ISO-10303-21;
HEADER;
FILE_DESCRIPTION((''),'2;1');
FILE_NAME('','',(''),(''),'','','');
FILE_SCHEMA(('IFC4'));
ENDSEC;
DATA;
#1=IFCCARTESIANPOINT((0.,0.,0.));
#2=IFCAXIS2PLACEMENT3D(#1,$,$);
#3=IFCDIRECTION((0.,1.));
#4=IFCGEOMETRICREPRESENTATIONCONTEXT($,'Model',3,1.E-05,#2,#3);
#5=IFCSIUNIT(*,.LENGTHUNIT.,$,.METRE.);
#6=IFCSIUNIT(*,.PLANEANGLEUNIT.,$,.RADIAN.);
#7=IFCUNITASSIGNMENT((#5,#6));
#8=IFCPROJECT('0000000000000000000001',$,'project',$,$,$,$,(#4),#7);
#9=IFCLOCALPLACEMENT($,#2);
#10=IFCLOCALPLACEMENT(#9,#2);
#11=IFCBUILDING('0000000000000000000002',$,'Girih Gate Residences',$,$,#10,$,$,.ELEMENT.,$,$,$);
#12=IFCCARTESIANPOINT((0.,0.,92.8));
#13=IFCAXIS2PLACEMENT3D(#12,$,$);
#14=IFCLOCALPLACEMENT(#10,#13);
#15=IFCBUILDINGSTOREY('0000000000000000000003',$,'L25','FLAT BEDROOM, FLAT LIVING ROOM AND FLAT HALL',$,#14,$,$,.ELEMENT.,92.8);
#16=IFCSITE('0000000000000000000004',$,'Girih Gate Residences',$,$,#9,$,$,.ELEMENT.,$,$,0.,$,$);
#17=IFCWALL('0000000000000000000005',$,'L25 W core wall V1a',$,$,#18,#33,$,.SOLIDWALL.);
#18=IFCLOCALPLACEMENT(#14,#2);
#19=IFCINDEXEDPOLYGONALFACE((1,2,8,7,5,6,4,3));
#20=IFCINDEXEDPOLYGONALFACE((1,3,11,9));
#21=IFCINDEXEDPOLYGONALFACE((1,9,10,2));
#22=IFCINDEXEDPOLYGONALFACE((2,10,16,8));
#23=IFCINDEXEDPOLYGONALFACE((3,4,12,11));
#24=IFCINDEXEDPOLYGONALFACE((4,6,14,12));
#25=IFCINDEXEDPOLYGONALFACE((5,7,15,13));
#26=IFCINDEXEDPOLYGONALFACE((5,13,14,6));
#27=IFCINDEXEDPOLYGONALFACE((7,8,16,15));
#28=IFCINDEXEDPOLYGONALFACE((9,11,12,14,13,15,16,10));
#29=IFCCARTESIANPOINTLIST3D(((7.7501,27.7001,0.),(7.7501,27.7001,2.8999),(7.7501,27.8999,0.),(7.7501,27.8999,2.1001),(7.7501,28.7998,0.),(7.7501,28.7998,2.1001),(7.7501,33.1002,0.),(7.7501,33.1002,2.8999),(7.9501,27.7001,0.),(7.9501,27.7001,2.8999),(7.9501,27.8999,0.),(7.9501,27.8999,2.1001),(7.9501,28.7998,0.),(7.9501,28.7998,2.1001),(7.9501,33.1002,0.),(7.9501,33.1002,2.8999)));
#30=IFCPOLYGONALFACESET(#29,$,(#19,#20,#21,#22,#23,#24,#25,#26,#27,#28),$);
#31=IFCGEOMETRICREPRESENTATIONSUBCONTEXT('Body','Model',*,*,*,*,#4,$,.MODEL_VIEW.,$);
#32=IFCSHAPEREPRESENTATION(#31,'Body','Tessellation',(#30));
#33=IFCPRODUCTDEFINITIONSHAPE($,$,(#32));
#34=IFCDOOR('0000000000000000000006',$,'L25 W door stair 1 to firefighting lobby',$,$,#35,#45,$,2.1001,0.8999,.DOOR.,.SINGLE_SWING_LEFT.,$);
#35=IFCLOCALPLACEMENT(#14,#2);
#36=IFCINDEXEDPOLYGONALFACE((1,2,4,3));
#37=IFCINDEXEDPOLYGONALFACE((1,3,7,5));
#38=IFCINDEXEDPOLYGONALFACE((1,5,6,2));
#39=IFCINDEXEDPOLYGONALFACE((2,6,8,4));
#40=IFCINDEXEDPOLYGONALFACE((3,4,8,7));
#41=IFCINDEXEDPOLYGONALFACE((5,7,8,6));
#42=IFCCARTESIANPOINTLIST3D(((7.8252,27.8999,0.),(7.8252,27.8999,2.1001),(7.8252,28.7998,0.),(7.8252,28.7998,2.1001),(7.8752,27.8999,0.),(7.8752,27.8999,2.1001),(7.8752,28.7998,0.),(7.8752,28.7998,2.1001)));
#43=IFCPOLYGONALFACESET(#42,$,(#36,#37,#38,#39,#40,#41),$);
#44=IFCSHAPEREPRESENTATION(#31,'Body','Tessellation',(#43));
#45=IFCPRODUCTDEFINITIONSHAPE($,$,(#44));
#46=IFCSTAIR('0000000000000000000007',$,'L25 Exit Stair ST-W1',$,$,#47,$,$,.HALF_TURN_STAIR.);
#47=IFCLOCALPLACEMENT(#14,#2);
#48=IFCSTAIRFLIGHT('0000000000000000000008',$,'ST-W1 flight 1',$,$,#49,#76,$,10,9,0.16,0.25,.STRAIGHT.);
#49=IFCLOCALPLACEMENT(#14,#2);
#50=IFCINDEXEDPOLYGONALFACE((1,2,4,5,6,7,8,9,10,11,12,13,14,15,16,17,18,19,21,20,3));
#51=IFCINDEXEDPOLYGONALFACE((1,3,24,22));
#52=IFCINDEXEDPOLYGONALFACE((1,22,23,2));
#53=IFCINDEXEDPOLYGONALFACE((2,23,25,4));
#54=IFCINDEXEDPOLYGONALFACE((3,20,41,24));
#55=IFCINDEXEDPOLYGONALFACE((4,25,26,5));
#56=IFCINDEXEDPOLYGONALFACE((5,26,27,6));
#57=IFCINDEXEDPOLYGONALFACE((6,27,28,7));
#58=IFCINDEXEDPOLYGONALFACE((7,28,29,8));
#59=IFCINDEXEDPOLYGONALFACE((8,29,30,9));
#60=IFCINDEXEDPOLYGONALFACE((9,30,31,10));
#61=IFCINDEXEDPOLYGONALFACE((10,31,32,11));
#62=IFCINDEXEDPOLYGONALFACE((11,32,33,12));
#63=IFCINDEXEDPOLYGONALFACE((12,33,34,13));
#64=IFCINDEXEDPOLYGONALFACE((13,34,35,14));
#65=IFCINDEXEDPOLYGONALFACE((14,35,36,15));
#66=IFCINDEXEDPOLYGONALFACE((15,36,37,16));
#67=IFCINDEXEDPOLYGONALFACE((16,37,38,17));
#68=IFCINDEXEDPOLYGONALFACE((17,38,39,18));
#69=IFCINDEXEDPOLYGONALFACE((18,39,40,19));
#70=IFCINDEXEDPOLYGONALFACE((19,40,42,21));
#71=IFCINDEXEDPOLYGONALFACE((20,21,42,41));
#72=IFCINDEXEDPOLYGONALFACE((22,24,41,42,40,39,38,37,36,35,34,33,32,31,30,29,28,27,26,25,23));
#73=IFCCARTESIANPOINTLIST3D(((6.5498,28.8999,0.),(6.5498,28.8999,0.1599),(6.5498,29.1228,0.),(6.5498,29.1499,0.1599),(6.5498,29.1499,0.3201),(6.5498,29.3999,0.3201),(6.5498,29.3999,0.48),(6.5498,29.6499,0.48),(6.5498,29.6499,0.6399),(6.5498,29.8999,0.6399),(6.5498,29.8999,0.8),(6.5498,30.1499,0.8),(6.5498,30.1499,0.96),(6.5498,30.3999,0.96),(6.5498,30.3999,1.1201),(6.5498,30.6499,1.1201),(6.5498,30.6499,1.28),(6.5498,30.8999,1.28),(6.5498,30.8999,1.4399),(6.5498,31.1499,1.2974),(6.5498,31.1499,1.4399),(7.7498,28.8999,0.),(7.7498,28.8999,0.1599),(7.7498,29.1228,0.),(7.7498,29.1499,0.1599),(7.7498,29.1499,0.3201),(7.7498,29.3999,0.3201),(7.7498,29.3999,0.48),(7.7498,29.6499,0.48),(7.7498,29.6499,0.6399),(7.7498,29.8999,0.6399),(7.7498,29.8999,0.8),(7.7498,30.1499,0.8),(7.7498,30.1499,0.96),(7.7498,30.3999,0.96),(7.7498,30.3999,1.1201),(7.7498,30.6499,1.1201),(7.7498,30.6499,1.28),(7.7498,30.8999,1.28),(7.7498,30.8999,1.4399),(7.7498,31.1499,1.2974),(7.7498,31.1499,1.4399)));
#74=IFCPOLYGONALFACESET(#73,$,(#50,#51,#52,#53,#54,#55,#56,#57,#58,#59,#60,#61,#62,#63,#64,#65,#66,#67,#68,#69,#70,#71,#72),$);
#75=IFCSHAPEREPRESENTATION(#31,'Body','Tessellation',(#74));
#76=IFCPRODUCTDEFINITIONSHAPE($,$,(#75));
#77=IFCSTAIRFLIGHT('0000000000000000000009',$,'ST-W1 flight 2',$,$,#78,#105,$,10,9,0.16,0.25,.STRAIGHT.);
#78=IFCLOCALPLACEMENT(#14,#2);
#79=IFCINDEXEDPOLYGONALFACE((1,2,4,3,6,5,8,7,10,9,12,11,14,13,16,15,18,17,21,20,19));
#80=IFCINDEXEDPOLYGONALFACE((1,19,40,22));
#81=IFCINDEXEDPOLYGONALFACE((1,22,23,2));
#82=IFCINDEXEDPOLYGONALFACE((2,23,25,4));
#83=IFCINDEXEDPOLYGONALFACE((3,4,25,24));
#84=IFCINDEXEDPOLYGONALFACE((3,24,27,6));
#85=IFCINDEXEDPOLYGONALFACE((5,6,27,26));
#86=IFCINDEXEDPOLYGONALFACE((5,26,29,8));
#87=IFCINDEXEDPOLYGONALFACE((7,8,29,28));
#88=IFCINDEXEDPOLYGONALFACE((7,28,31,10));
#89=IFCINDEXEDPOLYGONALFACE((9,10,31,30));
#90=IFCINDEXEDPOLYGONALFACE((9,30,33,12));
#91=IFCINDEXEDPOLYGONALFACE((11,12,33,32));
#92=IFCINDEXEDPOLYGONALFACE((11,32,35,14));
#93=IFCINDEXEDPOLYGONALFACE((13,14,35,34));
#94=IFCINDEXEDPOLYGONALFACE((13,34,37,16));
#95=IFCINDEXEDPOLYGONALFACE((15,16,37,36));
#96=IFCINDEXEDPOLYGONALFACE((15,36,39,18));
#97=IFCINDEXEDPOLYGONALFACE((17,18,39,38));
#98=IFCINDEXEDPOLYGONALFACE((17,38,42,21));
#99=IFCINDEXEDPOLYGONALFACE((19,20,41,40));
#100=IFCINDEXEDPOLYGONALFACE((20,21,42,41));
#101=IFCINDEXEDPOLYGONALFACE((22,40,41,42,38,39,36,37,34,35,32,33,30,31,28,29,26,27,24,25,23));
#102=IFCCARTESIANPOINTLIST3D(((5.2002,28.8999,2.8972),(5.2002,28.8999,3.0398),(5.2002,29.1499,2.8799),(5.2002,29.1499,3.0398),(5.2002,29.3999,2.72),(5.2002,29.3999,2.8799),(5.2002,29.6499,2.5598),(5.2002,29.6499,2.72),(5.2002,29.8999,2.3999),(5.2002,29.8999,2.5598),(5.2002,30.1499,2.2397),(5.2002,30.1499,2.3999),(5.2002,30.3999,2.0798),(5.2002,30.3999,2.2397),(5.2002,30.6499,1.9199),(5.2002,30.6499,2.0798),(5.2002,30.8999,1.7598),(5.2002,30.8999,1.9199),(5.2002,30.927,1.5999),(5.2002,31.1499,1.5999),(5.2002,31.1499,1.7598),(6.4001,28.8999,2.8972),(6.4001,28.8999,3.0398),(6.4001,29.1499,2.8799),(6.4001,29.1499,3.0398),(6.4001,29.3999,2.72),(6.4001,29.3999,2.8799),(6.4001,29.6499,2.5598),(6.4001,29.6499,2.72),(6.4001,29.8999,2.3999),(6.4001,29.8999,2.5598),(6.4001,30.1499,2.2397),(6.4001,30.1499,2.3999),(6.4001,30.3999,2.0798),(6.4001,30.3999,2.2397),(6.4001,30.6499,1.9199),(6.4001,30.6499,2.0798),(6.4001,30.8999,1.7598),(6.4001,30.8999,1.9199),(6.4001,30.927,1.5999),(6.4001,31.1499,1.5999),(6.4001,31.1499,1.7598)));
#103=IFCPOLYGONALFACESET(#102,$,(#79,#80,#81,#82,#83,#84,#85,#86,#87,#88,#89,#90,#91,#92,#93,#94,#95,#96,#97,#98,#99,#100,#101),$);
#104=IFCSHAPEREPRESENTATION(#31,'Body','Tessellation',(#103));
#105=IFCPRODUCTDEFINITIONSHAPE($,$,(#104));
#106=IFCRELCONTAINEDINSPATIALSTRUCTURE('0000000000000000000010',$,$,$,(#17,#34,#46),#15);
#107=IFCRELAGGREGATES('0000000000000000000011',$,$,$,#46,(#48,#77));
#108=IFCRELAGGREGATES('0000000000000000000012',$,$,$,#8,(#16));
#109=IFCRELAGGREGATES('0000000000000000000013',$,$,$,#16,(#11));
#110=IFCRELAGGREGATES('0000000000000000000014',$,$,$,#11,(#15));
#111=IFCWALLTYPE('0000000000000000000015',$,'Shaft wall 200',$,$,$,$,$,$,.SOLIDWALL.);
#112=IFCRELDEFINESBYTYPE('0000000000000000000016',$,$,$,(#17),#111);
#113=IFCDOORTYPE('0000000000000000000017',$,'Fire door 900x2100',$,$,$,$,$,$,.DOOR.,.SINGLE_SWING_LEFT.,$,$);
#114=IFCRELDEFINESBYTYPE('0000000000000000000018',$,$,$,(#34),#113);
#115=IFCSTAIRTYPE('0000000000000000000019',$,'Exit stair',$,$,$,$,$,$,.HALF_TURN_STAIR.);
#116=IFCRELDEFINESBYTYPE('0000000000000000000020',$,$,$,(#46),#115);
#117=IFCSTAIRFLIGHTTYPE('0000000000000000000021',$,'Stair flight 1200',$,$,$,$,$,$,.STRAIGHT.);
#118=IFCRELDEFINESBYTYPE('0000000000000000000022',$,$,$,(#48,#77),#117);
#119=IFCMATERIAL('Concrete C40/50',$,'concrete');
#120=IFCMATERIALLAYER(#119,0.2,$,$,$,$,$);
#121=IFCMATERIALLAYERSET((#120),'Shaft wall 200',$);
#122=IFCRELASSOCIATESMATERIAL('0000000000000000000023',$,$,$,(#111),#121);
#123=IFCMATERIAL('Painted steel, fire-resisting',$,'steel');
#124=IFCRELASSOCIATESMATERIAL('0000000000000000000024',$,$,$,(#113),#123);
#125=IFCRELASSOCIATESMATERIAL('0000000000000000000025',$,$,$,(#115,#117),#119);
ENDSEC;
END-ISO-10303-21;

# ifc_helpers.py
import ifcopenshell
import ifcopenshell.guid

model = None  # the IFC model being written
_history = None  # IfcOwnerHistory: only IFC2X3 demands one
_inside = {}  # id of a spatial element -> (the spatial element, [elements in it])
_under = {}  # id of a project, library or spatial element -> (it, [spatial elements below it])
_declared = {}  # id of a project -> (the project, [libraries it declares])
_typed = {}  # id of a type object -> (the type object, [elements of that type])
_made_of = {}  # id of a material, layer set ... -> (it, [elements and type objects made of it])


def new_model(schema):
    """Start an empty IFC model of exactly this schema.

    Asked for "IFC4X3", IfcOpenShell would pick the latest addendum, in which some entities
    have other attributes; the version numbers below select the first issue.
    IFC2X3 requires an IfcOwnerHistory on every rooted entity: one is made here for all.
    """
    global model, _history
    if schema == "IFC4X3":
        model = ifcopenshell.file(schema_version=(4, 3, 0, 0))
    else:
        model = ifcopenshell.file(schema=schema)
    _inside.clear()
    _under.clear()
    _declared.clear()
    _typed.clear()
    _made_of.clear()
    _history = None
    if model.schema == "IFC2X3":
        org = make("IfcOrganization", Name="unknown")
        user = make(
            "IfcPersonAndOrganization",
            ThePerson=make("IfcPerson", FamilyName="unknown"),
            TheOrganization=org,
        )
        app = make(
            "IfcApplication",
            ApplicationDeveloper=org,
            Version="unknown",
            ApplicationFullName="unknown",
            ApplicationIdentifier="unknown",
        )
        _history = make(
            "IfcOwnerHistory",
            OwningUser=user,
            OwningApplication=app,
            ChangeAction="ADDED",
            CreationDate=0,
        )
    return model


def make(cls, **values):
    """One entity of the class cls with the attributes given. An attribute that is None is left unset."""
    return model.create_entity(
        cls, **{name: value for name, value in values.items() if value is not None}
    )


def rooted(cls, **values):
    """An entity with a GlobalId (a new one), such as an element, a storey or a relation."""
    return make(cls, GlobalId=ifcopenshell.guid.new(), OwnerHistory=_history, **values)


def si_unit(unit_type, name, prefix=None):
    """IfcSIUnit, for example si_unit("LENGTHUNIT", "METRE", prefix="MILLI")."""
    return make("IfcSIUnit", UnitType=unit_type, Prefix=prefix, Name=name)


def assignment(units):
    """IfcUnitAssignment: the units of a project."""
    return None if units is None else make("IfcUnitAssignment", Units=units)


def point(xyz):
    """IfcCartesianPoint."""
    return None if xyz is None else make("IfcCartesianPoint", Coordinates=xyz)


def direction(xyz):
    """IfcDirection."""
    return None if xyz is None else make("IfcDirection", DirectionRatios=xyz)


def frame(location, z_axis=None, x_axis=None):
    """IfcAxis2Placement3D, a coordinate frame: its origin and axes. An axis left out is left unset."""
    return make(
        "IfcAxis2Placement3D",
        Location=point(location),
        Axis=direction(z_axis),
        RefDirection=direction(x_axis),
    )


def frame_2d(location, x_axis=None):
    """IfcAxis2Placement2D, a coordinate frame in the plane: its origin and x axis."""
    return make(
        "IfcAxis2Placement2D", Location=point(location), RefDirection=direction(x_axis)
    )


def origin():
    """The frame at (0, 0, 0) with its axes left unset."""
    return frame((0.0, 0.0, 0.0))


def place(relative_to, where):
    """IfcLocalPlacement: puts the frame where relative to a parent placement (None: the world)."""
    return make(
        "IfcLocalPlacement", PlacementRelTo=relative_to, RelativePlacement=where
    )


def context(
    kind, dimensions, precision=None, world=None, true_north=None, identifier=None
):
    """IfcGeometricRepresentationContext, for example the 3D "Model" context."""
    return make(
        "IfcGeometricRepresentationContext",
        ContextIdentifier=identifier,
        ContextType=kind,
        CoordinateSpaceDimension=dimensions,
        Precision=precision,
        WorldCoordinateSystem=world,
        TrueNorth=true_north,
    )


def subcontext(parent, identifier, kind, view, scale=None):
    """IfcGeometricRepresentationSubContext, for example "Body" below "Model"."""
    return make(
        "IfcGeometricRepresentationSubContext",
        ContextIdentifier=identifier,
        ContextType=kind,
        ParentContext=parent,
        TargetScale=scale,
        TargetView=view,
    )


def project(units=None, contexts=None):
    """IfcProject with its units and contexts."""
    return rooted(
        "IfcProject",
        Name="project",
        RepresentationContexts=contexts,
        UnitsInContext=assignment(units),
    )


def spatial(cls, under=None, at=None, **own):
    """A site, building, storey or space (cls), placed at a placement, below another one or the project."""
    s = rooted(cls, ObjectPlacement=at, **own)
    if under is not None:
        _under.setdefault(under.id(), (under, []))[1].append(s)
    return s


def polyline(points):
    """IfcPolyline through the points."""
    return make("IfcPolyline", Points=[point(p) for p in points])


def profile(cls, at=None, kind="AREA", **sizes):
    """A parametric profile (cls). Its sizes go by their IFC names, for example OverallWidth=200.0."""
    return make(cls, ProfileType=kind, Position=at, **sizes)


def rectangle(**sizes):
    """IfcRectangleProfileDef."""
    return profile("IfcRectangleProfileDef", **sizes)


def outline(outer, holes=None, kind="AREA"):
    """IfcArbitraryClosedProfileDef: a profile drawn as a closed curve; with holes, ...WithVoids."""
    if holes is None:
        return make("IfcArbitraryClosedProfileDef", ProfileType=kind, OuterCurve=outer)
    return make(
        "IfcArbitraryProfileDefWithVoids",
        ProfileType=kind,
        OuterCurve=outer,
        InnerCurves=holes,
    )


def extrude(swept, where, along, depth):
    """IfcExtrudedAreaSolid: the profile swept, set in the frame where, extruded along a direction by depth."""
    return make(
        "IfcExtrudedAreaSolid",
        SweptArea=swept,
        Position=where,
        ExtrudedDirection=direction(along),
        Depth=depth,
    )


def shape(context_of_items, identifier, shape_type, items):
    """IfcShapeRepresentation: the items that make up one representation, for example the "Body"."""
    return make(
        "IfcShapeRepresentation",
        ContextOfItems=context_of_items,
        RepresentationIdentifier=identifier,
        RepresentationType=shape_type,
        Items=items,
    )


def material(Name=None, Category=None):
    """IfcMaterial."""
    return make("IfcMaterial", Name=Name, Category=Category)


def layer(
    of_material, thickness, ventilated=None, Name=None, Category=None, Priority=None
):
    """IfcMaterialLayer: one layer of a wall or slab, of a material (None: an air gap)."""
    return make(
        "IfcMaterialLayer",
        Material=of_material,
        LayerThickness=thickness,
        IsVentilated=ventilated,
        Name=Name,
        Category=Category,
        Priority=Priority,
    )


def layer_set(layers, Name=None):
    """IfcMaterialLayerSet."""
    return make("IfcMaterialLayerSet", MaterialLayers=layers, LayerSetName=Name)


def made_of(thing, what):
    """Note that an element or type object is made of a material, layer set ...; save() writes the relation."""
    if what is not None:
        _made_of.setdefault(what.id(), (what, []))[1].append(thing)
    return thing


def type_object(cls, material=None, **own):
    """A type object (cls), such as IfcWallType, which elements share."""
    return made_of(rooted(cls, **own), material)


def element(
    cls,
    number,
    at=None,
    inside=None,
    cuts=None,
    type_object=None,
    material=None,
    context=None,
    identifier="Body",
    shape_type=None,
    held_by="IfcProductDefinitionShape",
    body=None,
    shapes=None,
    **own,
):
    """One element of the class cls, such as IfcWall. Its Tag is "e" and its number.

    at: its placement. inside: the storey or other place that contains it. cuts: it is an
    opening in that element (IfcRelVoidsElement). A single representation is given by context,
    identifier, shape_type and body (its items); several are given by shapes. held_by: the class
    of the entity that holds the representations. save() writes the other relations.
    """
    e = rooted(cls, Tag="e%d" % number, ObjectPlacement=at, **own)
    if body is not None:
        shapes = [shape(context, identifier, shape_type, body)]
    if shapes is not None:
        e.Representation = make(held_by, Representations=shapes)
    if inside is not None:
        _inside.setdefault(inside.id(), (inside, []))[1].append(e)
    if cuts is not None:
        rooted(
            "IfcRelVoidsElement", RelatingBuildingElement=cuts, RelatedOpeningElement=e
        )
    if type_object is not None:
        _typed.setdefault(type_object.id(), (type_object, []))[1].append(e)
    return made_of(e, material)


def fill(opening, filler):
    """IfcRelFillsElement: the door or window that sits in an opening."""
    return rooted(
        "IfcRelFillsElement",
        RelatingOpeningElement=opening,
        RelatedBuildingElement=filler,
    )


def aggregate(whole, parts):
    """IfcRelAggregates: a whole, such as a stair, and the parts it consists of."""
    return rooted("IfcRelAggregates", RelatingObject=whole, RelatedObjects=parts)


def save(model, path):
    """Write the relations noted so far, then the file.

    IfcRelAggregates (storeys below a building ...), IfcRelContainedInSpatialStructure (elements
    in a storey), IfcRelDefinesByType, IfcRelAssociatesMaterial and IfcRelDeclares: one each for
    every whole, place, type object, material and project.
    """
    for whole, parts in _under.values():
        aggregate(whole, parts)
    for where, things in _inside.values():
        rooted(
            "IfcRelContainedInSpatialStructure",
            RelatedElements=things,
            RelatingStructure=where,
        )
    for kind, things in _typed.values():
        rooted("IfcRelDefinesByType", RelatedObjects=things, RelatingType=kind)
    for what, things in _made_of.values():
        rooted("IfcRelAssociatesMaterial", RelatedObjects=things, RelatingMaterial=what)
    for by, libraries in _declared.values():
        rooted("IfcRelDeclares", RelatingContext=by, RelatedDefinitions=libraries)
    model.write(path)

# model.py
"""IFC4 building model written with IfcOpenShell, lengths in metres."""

from ifc_helpers import new_model, si_unit, direction, frame, frame_2d, origin, place, context, subcontext, project, spatial, polyline, rectangle, outline, extrude, material, layer, layer_set, type_object, element, fill, aggregate, save


model = new_model("IFC4")

# Units and contexts
model_context = context("Model", 3, precision=1e-05, world=origin(), true_north=direction((0.0, 1.0)))
body_context = subcontext(model_context, "Body", "Model", "MODEL_VIEW")
ifc_project = project(units=[si_unit("LENGTHUNIT", "METRE"), si_unit("PLANEANGLEUNIT", "RADIAN")], contexts=[model_context])

# Site, building, storey
site_placement = place(None, origin())
site = spatial("IfcSite", under=ifc_project, at=site_placement, Name="Girih Gate Residences", CompositionType="ELEMENT", RefElevation=0.0)
building_placement = place(site_placement, origin())
building = spatial("IfcBuilding", under=site, at=building_placement, Name="Girih Gate Residences", CompositionType="ELEMENT")
storey_placement = place(building_placement, frame((0.0, 0.0, 92.8)))
storey = spatial("IfcBuildingStorey", under=building, at=storey_placement, Name="L25", Description="FLAT BEDROOM, FLAT LIVING ROOM AND FLAT HALL", CompositionType="ELEMENT", Elevation=92.8)

# Shared definitions
ifc_material_1 = material(Name="Painted steel, fire-resisting", Category="steel")

# Wall, opening, door
ifc_material_2 = material(Name="Concrete C40/50", Category="concrete")
ifc_layer_1 = layer(ifc_material_2, 0.2)
ifc_layer_set_1 = layer_set([ifc_layer_1], Name="Shaft wall 200")
wall_type_1 = type_object("IfcWallType", Name="Shaft wall 200", PredefinedType="SOLIDWALL", material=ifc_layer_set_1)
wall_1_placement = place(storey_placement, frame((7.8501, 27.7, 0.0), z_axis=(0.0, 0.0, 1.0), x_axis=(0.0, 1.0, 0.0)))
wall_1 = element("IfcWall", 1, at=wall_1_placement, inside=storey, type_object=wall_type_1, Name="L25 W core wall V1a", PredefinedType="SOLIDWALL", context=body_context, shape_type="SweptSolid", body=[
    extrude(rectangle(XDim=5.4001, YDim=0.2, at=frame_2d((2.7002, 0.0))), origin(), (0.0, 0.0, 1.0), 2.8999),
])
opening_1_placement = place(wall_1_placement, frame((0.2, 0.0, 0.0)))
opening_1 = element("IfcOpeningElement", 2, at=opening_1_placement, cuts=wall_1, PredefinedType="OPENING", context=body_context, shape_type="SweptSolid", body=[
    extrude(rectangle(XDim=0.8999, YDim=2.1001, at=frame_2d((0.45, 1.05))), frame((0.0, 0.1099, 0.0), z_axis=(0.0, -1.0, 0.0), x_axis=(1.0, 0.0, 0.0)), (0.0, 0.0, 1.0), 0.22),
])
door_type_1 = type_object("IfcDoorType", Name="Fire door 900x2100", OperationType="SINGLE_SWING_LEFT", PredefinedType="DOOR", material=ifc_material_1)
door_1_placement = place(opening_1_placement, origin())
door_1 = element("IfcDoor", 3, at=door_1_placement, inside=storey, type_object=door_type_1, Name="L25 W door stair 1 to firefighting lobby", OperationType="SINGLE_SWING_LEFT", OverallHeight=2.1001, OverallWidth=0.8999, PredefinedType="DOOR", context=body_context, shape_type="SweptSolid", body=[
    extrude(rectangle(XDim=0.8999, YDim=2.1001, at=frame_2d((0.45, 1.05))), frame((0.0, 0.0249, 0.0), z_axis=(0.0, -1.0, 0.0), x_axis=(1.0, 0.0, 0.0)), (0.0, 0.0, 1.0), 0.05),
])
fill(opening_1, door_1)

# Stair, stair flights
stair_type = type_object("IfcStairType", Name="Exit stair", PredefinedType="HALF_TURN_STAIR", material=ifc_material_2)
stair_placement = place(storey_placement, origin())
stair = element("IfcStair", 4, at=stair_placement, inside=storey, type_object=stair_type, Name="L25 Exit Stair ST-W1", PredefinedType="HALF_TURN_STAIR")
stair_flight_type = type_object("IfcStairFlightType", Name="Stair flight 1200", PredefinedType="STRAIGHT", material=ifc_material_2)
stair_flight_1_placement = place(storey_placement, frame((7.1499, 28.8999, 0.0), z_axis=(0.0, 0.0, 1.0), x_axis=(0.0, 1.0, 0.0)))
stair_flight_1 = element("IfcStairFlight", 5, at=stair_flight_1_placement, type_object=stair_flight_type, Name="ST-W1 flight 1", NumberOfRisers=10, NumberOfTreads=9, PredefinedType="STRAIGHT", RiserHeight=0.16, TreadLength=0.25, context=body_context, shape_type="SweptSolid", body=[
    extrude(outline(polyline([(0.0, 0.0), (0.0, 0.1599), (0.25, 0.1599), (0.25, 0.3201), (0.5, 0.3201), (0.5, 0.48), (0.75, 0.48), (0.75, 0.6399), (1.0, 0.6399), (1.0, 0.8), (1.25, 0.8), (1.25, 0.96), (1.5, 0.96), (1.5, 1.1201), (1.75, 1.1201), (1.75, 1.28), (2.0, 1.28), (2.0, 1.4399), (2.25, 1.4399), (2.25, 1.6001), (2.25, 1.2974), (0.2229, 0.0), (0.0, 0.0)])), frame((0.0, 0.6001, 0.0), z_axis=(0.0, -1.0, 0.0), x_axis=(1.0, 0.0, 0.0)), (0.0, 0.0, 1.0), 1.2),
])
stair_flight_2_placement = place(storey_placement, frame((5.8, 31.1499, 1.5999), z_axis=(0.0, 0.0, 1.0), x_axis=(0.0, -1.0, 0.0)))
stair_flight_2 = element("IfcStairFlight", 6, at=stair_flight_2_placement, type_object=stair_flight_type, Name="ST-W1 flight 2", NumberOfRisers=10, NumberOfTreads=9, PredefinedType="STRAIGHT", RiserHeight=0.16, TreadLength=0.25, context=body_context, shape_type="SweptSolid", body=[
    extrude(outline(polyline([(0.0, 0.0), (0.0, 0.1599), (0.25, 0.1599), (0.25, 0.3201), (0.5, 0.3201), (0.5, 0.48), (0.75, 0.48), (0.75, 0.6399), (1.0, 0.6399), (1.0, 0.8), (1.25, 0.8), (1.25, 0.96), (1.5, 0.96), (1.5, 1.1201), (1.75, 1.1201), (1.75, 1.28), (2.0, 1.28), (2.0, 1.4399), (2.25, 1.4399), (2.25, 1.6001), (2.25, 1.2974), (0.2229, 0.0), (0.0, 0.0)])), frame((0.0, 0.6001, 0.0), z_axis=(0.0, -1.0, 0.0), x_axis=(1.0, 0.0, 0.0)), (0.0, 0.0, 1.0), 1.2),
])
aggregate(stair, [stair_flight_1, stair_flight_2])

save(model, "model.ifc")
